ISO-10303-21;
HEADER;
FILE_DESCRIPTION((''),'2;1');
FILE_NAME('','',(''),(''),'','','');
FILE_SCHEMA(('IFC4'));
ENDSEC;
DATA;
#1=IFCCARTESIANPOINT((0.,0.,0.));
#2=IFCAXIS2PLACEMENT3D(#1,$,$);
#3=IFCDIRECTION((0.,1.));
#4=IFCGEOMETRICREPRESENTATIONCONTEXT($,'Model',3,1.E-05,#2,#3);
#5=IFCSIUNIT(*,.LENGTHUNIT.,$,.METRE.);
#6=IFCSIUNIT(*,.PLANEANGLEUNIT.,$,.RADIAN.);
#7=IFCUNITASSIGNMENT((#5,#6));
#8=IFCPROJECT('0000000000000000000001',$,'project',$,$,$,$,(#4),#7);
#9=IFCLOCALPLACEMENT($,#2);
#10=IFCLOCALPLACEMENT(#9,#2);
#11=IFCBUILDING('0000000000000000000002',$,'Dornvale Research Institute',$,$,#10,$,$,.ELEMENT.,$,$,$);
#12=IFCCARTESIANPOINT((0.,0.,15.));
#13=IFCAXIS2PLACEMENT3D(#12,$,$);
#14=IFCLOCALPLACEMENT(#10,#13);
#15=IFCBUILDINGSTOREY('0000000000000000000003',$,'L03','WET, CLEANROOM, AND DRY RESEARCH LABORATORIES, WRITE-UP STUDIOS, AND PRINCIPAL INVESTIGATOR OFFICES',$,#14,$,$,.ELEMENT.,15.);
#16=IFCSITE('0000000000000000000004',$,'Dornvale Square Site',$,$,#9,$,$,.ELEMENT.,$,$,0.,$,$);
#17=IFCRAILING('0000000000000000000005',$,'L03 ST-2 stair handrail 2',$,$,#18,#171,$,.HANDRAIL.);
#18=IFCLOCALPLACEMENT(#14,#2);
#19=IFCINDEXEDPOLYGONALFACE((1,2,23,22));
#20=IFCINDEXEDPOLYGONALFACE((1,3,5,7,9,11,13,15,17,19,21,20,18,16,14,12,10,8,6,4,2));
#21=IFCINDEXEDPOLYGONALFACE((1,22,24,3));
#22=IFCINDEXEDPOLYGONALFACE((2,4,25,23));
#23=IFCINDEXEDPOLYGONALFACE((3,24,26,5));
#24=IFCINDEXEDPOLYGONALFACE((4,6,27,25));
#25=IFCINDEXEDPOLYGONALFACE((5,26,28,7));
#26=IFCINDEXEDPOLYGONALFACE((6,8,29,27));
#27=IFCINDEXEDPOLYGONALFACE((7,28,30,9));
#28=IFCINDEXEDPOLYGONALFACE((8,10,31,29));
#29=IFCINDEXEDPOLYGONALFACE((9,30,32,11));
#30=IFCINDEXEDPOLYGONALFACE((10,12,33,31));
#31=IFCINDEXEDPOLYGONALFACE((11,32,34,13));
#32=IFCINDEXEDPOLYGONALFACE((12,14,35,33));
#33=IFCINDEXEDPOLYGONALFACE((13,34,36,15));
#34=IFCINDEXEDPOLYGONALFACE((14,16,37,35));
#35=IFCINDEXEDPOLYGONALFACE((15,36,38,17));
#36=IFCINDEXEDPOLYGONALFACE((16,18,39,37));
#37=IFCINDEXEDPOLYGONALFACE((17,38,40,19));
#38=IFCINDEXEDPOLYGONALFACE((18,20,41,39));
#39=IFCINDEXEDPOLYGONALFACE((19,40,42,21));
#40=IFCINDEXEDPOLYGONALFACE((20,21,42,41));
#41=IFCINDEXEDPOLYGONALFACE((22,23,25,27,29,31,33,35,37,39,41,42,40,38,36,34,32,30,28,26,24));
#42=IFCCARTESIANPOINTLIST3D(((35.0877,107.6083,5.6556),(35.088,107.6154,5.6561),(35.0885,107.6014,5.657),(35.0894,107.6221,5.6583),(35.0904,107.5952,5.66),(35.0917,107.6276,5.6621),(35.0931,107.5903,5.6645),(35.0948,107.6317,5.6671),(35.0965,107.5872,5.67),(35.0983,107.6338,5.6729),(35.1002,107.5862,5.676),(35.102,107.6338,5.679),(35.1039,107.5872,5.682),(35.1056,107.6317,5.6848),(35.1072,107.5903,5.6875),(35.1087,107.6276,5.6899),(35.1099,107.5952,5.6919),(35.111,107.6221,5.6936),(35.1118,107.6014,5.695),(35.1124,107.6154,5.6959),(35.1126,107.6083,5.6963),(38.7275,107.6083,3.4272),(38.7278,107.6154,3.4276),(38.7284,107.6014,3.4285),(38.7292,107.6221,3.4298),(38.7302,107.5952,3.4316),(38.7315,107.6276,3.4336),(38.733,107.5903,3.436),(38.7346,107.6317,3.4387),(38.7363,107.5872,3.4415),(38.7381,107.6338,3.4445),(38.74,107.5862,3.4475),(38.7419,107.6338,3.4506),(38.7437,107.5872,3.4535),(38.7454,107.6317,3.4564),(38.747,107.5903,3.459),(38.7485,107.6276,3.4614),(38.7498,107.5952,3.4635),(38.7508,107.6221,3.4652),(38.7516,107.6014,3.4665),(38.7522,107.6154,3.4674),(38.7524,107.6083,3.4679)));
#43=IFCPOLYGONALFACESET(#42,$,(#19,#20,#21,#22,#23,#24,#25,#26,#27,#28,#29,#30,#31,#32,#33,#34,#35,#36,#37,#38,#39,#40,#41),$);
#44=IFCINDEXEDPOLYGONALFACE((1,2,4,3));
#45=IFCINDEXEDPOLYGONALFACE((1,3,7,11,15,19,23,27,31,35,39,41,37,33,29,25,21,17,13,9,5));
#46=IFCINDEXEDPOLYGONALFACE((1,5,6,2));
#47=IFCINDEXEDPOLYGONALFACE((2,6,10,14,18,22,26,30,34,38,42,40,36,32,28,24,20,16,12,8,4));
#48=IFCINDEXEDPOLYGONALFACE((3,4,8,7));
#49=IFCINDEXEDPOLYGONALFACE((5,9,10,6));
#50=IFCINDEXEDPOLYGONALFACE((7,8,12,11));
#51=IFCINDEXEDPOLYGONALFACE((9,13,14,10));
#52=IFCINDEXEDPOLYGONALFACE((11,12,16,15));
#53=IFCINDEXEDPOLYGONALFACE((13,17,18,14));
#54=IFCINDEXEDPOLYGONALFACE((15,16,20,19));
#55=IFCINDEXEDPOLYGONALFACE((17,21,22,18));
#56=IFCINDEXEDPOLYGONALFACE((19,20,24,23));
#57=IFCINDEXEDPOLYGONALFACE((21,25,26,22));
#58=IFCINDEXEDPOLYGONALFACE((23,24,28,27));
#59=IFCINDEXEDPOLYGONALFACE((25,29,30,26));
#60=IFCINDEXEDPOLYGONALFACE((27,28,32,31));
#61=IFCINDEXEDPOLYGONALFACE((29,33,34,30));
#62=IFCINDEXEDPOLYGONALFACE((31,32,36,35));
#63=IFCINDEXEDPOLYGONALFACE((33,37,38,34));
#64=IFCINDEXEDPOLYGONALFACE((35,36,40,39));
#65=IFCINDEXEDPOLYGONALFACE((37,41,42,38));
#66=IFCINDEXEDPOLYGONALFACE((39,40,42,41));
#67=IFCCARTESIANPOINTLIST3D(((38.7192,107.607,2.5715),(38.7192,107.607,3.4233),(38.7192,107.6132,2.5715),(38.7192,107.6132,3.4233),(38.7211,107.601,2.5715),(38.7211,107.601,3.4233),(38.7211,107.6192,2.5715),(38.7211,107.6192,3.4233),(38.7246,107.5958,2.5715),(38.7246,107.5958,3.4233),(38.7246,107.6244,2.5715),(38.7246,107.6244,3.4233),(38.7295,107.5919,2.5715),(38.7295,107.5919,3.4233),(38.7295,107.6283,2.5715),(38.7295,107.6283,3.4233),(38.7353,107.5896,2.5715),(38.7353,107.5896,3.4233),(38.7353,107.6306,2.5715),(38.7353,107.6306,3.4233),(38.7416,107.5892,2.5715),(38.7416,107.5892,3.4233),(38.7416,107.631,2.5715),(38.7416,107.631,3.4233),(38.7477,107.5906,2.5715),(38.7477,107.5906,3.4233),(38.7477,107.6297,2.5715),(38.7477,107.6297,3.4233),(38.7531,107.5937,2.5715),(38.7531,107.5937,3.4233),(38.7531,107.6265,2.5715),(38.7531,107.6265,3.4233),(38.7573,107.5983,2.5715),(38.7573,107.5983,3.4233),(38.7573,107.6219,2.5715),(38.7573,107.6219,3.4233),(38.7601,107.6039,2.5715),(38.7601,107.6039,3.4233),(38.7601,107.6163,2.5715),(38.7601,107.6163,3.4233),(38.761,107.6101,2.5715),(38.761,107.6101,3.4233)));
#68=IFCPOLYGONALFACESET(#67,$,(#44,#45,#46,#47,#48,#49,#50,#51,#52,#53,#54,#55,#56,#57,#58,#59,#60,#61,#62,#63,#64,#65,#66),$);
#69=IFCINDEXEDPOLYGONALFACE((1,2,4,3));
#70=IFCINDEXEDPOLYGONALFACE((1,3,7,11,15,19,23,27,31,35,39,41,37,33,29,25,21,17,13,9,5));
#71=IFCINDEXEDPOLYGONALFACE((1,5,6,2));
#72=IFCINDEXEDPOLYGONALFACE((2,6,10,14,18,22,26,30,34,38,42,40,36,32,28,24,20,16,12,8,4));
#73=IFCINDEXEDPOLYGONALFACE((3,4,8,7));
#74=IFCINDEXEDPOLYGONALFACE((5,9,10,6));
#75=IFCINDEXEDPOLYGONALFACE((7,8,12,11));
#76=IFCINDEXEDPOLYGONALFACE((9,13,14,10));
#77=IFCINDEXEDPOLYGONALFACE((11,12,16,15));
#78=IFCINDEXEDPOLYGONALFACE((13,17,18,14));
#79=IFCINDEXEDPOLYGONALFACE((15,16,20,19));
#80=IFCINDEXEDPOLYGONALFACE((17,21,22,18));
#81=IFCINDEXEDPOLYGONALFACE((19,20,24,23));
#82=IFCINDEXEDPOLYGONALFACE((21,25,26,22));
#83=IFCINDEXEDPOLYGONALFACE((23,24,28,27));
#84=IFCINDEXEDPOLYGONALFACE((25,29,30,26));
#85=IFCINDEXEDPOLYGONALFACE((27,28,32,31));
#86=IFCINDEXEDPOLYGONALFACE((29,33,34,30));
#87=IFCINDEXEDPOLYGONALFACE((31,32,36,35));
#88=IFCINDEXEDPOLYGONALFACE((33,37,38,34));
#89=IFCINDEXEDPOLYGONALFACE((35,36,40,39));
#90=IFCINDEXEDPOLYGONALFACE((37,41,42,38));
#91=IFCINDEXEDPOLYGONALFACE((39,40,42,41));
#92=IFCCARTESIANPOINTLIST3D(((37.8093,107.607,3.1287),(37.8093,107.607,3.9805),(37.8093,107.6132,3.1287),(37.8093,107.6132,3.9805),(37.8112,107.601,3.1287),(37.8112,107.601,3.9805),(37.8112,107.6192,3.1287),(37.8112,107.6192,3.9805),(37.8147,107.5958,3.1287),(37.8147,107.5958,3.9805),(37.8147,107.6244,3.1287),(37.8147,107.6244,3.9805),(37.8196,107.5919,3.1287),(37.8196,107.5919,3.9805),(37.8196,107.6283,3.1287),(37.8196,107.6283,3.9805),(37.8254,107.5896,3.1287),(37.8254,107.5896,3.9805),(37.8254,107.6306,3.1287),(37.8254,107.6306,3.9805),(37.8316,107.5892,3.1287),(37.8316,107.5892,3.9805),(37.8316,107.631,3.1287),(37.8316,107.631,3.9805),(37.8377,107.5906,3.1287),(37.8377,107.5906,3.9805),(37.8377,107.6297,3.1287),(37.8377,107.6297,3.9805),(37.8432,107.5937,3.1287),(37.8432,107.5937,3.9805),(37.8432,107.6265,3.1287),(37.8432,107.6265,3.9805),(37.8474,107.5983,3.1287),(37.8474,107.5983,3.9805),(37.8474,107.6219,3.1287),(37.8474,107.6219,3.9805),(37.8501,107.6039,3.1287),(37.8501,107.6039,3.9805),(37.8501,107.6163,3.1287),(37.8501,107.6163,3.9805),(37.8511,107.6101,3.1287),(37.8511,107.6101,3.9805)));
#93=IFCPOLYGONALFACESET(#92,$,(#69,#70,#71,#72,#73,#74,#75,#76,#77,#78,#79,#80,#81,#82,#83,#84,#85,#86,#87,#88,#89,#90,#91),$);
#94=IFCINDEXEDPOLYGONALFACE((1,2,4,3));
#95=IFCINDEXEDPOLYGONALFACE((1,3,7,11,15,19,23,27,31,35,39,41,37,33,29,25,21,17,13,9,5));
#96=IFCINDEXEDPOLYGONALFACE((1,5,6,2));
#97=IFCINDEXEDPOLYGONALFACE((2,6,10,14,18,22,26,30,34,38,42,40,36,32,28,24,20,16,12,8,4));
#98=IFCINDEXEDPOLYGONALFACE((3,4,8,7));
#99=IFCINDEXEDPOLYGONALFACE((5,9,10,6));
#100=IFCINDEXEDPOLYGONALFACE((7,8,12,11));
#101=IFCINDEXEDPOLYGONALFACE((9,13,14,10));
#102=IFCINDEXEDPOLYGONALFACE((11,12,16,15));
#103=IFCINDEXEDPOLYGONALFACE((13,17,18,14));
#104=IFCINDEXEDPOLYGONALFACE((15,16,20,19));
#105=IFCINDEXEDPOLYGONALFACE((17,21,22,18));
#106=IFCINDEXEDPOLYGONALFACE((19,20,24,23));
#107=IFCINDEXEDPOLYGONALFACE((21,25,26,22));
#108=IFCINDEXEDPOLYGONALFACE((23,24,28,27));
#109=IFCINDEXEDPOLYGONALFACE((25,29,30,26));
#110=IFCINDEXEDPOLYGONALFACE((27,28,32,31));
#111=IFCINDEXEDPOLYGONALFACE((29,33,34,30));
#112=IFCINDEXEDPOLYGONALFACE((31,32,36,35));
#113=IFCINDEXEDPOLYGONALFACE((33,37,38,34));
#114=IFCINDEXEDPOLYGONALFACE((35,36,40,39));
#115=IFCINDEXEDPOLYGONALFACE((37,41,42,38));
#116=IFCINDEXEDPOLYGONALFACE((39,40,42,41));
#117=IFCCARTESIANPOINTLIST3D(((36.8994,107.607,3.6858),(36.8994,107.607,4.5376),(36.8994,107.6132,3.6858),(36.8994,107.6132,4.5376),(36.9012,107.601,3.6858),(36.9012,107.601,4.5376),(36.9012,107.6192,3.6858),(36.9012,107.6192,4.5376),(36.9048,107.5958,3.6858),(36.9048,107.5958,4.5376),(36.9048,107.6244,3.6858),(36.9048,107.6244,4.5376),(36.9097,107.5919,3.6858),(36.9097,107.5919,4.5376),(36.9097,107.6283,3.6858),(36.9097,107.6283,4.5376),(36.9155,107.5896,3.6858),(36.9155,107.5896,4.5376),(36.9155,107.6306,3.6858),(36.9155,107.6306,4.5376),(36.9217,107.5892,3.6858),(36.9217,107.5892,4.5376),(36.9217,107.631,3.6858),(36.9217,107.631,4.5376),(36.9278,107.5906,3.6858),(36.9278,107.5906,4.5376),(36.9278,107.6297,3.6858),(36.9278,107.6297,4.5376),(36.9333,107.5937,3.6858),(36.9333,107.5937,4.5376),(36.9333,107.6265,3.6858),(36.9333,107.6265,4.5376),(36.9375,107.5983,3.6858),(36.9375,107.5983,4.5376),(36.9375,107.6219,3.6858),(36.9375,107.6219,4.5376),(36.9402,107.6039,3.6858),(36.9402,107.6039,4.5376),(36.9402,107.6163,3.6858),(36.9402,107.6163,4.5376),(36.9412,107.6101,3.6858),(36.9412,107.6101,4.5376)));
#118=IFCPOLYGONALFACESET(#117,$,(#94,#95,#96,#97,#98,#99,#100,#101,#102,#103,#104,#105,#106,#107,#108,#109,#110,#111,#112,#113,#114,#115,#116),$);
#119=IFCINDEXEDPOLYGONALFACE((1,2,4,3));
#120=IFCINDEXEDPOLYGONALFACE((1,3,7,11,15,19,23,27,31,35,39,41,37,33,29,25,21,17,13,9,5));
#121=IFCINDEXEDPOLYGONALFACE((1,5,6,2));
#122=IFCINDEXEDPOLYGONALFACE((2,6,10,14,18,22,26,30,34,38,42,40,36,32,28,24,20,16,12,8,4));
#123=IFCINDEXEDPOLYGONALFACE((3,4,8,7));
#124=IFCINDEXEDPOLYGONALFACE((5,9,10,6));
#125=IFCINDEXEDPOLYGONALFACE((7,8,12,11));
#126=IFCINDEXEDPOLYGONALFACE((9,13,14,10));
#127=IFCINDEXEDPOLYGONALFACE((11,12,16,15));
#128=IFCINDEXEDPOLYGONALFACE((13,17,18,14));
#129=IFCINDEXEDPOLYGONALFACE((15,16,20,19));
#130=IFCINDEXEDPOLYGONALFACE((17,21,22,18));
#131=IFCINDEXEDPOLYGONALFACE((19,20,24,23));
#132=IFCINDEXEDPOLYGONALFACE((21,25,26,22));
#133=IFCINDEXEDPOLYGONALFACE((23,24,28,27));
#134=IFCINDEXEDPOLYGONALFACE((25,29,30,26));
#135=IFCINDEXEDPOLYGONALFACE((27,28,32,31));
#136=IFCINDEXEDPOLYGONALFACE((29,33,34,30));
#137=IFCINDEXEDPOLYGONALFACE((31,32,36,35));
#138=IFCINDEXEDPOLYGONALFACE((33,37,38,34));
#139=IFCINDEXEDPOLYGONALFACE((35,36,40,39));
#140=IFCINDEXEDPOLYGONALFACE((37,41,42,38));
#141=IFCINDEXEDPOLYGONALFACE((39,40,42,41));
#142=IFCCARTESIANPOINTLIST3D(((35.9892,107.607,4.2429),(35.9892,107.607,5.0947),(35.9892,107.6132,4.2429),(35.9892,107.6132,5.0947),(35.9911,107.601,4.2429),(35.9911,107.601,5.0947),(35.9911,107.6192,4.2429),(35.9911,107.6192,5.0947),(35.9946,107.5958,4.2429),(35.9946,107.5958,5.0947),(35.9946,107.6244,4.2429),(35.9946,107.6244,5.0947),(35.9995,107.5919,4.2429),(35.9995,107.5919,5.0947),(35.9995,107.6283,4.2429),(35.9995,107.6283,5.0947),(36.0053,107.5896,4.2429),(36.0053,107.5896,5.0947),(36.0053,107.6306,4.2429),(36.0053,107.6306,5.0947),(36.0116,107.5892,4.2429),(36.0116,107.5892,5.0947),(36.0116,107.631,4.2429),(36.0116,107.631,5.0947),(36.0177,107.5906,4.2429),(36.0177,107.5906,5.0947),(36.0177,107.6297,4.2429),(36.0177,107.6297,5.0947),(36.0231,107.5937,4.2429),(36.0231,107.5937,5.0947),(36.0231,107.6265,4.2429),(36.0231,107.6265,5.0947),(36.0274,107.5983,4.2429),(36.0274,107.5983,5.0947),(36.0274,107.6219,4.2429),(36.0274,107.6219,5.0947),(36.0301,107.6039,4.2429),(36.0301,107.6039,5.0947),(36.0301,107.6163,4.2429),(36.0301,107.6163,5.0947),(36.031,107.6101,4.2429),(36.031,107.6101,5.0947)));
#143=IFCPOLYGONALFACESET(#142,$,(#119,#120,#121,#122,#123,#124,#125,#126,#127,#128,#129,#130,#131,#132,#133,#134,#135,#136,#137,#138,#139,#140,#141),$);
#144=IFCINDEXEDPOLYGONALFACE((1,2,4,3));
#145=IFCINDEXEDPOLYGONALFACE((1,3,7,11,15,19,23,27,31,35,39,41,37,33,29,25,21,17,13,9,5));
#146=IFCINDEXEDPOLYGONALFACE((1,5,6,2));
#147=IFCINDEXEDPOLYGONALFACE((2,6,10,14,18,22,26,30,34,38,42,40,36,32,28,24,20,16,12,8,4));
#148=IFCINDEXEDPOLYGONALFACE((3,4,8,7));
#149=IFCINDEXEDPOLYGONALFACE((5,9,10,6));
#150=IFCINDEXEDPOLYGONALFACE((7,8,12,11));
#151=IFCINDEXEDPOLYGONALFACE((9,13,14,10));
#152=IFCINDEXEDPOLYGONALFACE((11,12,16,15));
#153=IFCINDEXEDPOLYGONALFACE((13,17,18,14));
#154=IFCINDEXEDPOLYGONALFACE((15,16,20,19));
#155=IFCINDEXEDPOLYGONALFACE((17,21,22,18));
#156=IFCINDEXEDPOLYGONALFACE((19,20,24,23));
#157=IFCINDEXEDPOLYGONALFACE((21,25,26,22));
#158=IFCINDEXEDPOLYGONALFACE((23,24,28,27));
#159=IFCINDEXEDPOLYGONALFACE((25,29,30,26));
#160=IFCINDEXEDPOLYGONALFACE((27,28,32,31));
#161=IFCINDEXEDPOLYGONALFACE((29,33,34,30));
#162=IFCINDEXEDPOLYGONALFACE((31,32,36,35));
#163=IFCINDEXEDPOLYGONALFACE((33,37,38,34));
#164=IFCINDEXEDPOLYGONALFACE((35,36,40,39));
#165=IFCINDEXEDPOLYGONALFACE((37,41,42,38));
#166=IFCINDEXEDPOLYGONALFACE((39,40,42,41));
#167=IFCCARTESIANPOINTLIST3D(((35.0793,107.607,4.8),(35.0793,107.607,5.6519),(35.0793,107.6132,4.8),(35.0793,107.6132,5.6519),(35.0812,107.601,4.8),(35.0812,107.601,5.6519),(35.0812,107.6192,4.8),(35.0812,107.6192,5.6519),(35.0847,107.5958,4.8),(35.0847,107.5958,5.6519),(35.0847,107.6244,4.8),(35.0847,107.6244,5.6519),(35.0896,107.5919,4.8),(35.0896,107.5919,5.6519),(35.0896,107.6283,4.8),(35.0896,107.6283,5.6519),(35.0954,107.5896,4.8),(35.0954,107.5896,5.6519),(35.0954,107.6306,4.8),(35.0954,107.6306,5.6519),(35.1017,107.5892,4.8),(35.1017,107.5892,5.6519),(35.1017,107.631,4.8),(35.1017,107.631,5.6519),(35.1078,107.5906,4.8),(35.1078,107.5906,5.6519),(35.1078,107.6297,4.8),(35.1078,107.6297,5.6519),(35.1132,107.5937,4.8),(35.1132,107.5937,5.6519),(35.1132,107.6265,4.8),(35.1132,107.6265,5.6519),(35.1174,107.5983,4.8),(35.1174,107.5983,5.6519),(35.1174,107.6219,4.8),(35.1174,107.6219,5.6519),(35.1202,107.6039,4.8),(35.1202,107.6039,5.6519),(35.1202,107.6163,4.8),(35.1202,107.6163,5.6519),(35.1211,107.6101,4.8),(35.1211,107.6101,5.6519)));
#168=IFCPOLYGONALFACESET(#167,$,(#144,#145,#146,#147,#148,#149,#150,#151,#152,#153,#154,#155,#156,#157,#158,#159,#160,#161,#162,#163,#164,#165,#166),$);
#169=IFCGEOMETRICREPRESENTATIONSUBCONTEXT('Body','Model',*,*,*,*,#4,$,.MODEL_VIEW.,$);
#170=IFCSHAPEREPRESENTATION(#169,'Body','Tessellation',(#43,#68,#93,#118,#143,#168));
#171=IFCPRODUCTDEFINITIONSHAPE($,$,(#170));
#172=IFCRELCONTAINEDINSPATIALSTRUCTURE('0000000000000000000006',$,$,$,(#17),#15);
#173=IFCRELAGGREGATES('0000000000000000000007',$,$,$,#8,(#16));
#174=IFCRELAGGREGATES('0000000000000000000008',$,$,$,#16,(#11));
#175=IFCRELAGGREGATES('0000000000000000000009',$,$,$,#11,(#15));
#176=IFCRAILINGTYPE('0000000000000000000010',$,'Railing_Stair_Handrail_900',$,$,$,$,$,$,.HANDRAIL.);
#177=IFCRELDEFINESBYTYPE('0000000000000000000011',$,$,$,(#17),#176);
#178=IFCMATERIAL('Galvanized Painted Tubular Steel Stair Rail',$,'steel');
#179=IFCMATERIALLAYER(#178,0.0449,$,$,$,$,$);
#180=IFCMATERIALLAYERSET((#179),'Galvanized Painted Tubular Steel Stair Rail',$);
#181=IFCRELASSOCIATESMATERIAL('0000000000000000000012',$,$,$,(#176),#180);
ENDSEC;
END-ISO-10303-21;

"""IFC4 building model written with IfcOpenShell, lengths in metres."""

from ifc_helpers import new_model, si_unit, direction, frame, origin, origin_2d, place, context, subcontext, project, spatial, circle, extrude, material, layer, layer_set, type_object, element, save


model = new_model("IFC4")

# Units and contexts
model_context = context("Model", 3, precision=1e-05, world=origin(), true_north=direction((0.0, 1.0)))
body_context = subcontext(model_context, "Body", "Model", "MODEL_VIEW")
ifc_project = project(units=[si_unit("LENGTHUNIT", "METRE"), si_unit("PLANEANGLEUNIT", "RADIAN")], contexts=[model_context])

# Site, building, storey
site_placement = place(None, origin())
site = spatial("IfcSite", under=ifc_project, at=site_placement, Name="Dornvale Square Site", CompositionType="ELEMENT", RefElevation=0.0)
building_placement = place(site_placement, origin())
building = spatial("IfcBuilding", under=site, at=building_placement, Name="Dornvale Research Institute", CompositionType="ELEMENT")
storey_placement = place(building_placement, frame((0.0, 0.0, 15.0)))
storey = spatial("IfcBuildingStorey", under=building, at=storey_placement, Name="L03", Description="WET, CLEANROOM, AND DRY RESEARCH LABORATORIES, WRITE-UP STUDIOS, AND PRINCIPAL INVESTIGATOR OFFICES", CompositionType="ELEMENT", Elevation=15.0)

# Railing
ifc_material_1 = material(Name="Galvanized Painted Tubular Steel Stair Rail", Category="steel")
ifc_layer_1 = layer(ifc_material_1, 0.0449)
ifc_layer_set_1 = layer_set([ifc_layer_1], Name="Galvanized Painted Tubular Steel Stair Rail")
railing_type_1 = type_object("IfcRailingType", Name="Railing_Stair_Handrail_900", PredefinedType="HANDRAIL", material=ifc_layer_set_1)
railing_1_placement = place(storey_placement, frame((38.74, 107.6101, 2.5715)))
element("IfcRailing", 1, at=railing_1_placement, inside=storey, type_object=railing_type_1, Name="L03 ST-2 stair handrail 2", PredefinedType="HANDRAIL", context=body_context, shape_type="SweptSolid", body=[
    extrude(circle(Radius=0.0239, at=origin_2d()), frame((0.0, 0.0, 0.876), z_axis=(-0.85285, 0.0, 0.522156), x_axis=(0.0, -1.0, 0.0)), (0.0, 0.0, 1.0), 4.2678),
    extrude(circle(Radius=0.021, at=origin_2d()), origin(), (0.0, 0.0, 1.0), 0.8518),
    extrude(circle(Radius=0.021, at=origin_2d()), frame((-0.9099, 0.0, 0.5571)), (0.0, 0.0, 1.0), 0.8518),
    extrude(circle(Radius=0.021, at=origin_2d()), frame((-1.8198, 0.0, 1.1143)), (0.0, 0.0, 1.0), 0.8518),
    extrude(circle(Radius=0.021, at=origin_2d()), frame((-2.73, 0.0, 1.6714)), (0.0, 0.0, 1.0), 0.8518),
    extrude(circle(Radius=0.021, at=origin_2d()), frame((-3.6399, 0.0, 2.2285)), (0.0, 0.0, 1.0), 0.8518),
])

save(model, "model.ifc")
